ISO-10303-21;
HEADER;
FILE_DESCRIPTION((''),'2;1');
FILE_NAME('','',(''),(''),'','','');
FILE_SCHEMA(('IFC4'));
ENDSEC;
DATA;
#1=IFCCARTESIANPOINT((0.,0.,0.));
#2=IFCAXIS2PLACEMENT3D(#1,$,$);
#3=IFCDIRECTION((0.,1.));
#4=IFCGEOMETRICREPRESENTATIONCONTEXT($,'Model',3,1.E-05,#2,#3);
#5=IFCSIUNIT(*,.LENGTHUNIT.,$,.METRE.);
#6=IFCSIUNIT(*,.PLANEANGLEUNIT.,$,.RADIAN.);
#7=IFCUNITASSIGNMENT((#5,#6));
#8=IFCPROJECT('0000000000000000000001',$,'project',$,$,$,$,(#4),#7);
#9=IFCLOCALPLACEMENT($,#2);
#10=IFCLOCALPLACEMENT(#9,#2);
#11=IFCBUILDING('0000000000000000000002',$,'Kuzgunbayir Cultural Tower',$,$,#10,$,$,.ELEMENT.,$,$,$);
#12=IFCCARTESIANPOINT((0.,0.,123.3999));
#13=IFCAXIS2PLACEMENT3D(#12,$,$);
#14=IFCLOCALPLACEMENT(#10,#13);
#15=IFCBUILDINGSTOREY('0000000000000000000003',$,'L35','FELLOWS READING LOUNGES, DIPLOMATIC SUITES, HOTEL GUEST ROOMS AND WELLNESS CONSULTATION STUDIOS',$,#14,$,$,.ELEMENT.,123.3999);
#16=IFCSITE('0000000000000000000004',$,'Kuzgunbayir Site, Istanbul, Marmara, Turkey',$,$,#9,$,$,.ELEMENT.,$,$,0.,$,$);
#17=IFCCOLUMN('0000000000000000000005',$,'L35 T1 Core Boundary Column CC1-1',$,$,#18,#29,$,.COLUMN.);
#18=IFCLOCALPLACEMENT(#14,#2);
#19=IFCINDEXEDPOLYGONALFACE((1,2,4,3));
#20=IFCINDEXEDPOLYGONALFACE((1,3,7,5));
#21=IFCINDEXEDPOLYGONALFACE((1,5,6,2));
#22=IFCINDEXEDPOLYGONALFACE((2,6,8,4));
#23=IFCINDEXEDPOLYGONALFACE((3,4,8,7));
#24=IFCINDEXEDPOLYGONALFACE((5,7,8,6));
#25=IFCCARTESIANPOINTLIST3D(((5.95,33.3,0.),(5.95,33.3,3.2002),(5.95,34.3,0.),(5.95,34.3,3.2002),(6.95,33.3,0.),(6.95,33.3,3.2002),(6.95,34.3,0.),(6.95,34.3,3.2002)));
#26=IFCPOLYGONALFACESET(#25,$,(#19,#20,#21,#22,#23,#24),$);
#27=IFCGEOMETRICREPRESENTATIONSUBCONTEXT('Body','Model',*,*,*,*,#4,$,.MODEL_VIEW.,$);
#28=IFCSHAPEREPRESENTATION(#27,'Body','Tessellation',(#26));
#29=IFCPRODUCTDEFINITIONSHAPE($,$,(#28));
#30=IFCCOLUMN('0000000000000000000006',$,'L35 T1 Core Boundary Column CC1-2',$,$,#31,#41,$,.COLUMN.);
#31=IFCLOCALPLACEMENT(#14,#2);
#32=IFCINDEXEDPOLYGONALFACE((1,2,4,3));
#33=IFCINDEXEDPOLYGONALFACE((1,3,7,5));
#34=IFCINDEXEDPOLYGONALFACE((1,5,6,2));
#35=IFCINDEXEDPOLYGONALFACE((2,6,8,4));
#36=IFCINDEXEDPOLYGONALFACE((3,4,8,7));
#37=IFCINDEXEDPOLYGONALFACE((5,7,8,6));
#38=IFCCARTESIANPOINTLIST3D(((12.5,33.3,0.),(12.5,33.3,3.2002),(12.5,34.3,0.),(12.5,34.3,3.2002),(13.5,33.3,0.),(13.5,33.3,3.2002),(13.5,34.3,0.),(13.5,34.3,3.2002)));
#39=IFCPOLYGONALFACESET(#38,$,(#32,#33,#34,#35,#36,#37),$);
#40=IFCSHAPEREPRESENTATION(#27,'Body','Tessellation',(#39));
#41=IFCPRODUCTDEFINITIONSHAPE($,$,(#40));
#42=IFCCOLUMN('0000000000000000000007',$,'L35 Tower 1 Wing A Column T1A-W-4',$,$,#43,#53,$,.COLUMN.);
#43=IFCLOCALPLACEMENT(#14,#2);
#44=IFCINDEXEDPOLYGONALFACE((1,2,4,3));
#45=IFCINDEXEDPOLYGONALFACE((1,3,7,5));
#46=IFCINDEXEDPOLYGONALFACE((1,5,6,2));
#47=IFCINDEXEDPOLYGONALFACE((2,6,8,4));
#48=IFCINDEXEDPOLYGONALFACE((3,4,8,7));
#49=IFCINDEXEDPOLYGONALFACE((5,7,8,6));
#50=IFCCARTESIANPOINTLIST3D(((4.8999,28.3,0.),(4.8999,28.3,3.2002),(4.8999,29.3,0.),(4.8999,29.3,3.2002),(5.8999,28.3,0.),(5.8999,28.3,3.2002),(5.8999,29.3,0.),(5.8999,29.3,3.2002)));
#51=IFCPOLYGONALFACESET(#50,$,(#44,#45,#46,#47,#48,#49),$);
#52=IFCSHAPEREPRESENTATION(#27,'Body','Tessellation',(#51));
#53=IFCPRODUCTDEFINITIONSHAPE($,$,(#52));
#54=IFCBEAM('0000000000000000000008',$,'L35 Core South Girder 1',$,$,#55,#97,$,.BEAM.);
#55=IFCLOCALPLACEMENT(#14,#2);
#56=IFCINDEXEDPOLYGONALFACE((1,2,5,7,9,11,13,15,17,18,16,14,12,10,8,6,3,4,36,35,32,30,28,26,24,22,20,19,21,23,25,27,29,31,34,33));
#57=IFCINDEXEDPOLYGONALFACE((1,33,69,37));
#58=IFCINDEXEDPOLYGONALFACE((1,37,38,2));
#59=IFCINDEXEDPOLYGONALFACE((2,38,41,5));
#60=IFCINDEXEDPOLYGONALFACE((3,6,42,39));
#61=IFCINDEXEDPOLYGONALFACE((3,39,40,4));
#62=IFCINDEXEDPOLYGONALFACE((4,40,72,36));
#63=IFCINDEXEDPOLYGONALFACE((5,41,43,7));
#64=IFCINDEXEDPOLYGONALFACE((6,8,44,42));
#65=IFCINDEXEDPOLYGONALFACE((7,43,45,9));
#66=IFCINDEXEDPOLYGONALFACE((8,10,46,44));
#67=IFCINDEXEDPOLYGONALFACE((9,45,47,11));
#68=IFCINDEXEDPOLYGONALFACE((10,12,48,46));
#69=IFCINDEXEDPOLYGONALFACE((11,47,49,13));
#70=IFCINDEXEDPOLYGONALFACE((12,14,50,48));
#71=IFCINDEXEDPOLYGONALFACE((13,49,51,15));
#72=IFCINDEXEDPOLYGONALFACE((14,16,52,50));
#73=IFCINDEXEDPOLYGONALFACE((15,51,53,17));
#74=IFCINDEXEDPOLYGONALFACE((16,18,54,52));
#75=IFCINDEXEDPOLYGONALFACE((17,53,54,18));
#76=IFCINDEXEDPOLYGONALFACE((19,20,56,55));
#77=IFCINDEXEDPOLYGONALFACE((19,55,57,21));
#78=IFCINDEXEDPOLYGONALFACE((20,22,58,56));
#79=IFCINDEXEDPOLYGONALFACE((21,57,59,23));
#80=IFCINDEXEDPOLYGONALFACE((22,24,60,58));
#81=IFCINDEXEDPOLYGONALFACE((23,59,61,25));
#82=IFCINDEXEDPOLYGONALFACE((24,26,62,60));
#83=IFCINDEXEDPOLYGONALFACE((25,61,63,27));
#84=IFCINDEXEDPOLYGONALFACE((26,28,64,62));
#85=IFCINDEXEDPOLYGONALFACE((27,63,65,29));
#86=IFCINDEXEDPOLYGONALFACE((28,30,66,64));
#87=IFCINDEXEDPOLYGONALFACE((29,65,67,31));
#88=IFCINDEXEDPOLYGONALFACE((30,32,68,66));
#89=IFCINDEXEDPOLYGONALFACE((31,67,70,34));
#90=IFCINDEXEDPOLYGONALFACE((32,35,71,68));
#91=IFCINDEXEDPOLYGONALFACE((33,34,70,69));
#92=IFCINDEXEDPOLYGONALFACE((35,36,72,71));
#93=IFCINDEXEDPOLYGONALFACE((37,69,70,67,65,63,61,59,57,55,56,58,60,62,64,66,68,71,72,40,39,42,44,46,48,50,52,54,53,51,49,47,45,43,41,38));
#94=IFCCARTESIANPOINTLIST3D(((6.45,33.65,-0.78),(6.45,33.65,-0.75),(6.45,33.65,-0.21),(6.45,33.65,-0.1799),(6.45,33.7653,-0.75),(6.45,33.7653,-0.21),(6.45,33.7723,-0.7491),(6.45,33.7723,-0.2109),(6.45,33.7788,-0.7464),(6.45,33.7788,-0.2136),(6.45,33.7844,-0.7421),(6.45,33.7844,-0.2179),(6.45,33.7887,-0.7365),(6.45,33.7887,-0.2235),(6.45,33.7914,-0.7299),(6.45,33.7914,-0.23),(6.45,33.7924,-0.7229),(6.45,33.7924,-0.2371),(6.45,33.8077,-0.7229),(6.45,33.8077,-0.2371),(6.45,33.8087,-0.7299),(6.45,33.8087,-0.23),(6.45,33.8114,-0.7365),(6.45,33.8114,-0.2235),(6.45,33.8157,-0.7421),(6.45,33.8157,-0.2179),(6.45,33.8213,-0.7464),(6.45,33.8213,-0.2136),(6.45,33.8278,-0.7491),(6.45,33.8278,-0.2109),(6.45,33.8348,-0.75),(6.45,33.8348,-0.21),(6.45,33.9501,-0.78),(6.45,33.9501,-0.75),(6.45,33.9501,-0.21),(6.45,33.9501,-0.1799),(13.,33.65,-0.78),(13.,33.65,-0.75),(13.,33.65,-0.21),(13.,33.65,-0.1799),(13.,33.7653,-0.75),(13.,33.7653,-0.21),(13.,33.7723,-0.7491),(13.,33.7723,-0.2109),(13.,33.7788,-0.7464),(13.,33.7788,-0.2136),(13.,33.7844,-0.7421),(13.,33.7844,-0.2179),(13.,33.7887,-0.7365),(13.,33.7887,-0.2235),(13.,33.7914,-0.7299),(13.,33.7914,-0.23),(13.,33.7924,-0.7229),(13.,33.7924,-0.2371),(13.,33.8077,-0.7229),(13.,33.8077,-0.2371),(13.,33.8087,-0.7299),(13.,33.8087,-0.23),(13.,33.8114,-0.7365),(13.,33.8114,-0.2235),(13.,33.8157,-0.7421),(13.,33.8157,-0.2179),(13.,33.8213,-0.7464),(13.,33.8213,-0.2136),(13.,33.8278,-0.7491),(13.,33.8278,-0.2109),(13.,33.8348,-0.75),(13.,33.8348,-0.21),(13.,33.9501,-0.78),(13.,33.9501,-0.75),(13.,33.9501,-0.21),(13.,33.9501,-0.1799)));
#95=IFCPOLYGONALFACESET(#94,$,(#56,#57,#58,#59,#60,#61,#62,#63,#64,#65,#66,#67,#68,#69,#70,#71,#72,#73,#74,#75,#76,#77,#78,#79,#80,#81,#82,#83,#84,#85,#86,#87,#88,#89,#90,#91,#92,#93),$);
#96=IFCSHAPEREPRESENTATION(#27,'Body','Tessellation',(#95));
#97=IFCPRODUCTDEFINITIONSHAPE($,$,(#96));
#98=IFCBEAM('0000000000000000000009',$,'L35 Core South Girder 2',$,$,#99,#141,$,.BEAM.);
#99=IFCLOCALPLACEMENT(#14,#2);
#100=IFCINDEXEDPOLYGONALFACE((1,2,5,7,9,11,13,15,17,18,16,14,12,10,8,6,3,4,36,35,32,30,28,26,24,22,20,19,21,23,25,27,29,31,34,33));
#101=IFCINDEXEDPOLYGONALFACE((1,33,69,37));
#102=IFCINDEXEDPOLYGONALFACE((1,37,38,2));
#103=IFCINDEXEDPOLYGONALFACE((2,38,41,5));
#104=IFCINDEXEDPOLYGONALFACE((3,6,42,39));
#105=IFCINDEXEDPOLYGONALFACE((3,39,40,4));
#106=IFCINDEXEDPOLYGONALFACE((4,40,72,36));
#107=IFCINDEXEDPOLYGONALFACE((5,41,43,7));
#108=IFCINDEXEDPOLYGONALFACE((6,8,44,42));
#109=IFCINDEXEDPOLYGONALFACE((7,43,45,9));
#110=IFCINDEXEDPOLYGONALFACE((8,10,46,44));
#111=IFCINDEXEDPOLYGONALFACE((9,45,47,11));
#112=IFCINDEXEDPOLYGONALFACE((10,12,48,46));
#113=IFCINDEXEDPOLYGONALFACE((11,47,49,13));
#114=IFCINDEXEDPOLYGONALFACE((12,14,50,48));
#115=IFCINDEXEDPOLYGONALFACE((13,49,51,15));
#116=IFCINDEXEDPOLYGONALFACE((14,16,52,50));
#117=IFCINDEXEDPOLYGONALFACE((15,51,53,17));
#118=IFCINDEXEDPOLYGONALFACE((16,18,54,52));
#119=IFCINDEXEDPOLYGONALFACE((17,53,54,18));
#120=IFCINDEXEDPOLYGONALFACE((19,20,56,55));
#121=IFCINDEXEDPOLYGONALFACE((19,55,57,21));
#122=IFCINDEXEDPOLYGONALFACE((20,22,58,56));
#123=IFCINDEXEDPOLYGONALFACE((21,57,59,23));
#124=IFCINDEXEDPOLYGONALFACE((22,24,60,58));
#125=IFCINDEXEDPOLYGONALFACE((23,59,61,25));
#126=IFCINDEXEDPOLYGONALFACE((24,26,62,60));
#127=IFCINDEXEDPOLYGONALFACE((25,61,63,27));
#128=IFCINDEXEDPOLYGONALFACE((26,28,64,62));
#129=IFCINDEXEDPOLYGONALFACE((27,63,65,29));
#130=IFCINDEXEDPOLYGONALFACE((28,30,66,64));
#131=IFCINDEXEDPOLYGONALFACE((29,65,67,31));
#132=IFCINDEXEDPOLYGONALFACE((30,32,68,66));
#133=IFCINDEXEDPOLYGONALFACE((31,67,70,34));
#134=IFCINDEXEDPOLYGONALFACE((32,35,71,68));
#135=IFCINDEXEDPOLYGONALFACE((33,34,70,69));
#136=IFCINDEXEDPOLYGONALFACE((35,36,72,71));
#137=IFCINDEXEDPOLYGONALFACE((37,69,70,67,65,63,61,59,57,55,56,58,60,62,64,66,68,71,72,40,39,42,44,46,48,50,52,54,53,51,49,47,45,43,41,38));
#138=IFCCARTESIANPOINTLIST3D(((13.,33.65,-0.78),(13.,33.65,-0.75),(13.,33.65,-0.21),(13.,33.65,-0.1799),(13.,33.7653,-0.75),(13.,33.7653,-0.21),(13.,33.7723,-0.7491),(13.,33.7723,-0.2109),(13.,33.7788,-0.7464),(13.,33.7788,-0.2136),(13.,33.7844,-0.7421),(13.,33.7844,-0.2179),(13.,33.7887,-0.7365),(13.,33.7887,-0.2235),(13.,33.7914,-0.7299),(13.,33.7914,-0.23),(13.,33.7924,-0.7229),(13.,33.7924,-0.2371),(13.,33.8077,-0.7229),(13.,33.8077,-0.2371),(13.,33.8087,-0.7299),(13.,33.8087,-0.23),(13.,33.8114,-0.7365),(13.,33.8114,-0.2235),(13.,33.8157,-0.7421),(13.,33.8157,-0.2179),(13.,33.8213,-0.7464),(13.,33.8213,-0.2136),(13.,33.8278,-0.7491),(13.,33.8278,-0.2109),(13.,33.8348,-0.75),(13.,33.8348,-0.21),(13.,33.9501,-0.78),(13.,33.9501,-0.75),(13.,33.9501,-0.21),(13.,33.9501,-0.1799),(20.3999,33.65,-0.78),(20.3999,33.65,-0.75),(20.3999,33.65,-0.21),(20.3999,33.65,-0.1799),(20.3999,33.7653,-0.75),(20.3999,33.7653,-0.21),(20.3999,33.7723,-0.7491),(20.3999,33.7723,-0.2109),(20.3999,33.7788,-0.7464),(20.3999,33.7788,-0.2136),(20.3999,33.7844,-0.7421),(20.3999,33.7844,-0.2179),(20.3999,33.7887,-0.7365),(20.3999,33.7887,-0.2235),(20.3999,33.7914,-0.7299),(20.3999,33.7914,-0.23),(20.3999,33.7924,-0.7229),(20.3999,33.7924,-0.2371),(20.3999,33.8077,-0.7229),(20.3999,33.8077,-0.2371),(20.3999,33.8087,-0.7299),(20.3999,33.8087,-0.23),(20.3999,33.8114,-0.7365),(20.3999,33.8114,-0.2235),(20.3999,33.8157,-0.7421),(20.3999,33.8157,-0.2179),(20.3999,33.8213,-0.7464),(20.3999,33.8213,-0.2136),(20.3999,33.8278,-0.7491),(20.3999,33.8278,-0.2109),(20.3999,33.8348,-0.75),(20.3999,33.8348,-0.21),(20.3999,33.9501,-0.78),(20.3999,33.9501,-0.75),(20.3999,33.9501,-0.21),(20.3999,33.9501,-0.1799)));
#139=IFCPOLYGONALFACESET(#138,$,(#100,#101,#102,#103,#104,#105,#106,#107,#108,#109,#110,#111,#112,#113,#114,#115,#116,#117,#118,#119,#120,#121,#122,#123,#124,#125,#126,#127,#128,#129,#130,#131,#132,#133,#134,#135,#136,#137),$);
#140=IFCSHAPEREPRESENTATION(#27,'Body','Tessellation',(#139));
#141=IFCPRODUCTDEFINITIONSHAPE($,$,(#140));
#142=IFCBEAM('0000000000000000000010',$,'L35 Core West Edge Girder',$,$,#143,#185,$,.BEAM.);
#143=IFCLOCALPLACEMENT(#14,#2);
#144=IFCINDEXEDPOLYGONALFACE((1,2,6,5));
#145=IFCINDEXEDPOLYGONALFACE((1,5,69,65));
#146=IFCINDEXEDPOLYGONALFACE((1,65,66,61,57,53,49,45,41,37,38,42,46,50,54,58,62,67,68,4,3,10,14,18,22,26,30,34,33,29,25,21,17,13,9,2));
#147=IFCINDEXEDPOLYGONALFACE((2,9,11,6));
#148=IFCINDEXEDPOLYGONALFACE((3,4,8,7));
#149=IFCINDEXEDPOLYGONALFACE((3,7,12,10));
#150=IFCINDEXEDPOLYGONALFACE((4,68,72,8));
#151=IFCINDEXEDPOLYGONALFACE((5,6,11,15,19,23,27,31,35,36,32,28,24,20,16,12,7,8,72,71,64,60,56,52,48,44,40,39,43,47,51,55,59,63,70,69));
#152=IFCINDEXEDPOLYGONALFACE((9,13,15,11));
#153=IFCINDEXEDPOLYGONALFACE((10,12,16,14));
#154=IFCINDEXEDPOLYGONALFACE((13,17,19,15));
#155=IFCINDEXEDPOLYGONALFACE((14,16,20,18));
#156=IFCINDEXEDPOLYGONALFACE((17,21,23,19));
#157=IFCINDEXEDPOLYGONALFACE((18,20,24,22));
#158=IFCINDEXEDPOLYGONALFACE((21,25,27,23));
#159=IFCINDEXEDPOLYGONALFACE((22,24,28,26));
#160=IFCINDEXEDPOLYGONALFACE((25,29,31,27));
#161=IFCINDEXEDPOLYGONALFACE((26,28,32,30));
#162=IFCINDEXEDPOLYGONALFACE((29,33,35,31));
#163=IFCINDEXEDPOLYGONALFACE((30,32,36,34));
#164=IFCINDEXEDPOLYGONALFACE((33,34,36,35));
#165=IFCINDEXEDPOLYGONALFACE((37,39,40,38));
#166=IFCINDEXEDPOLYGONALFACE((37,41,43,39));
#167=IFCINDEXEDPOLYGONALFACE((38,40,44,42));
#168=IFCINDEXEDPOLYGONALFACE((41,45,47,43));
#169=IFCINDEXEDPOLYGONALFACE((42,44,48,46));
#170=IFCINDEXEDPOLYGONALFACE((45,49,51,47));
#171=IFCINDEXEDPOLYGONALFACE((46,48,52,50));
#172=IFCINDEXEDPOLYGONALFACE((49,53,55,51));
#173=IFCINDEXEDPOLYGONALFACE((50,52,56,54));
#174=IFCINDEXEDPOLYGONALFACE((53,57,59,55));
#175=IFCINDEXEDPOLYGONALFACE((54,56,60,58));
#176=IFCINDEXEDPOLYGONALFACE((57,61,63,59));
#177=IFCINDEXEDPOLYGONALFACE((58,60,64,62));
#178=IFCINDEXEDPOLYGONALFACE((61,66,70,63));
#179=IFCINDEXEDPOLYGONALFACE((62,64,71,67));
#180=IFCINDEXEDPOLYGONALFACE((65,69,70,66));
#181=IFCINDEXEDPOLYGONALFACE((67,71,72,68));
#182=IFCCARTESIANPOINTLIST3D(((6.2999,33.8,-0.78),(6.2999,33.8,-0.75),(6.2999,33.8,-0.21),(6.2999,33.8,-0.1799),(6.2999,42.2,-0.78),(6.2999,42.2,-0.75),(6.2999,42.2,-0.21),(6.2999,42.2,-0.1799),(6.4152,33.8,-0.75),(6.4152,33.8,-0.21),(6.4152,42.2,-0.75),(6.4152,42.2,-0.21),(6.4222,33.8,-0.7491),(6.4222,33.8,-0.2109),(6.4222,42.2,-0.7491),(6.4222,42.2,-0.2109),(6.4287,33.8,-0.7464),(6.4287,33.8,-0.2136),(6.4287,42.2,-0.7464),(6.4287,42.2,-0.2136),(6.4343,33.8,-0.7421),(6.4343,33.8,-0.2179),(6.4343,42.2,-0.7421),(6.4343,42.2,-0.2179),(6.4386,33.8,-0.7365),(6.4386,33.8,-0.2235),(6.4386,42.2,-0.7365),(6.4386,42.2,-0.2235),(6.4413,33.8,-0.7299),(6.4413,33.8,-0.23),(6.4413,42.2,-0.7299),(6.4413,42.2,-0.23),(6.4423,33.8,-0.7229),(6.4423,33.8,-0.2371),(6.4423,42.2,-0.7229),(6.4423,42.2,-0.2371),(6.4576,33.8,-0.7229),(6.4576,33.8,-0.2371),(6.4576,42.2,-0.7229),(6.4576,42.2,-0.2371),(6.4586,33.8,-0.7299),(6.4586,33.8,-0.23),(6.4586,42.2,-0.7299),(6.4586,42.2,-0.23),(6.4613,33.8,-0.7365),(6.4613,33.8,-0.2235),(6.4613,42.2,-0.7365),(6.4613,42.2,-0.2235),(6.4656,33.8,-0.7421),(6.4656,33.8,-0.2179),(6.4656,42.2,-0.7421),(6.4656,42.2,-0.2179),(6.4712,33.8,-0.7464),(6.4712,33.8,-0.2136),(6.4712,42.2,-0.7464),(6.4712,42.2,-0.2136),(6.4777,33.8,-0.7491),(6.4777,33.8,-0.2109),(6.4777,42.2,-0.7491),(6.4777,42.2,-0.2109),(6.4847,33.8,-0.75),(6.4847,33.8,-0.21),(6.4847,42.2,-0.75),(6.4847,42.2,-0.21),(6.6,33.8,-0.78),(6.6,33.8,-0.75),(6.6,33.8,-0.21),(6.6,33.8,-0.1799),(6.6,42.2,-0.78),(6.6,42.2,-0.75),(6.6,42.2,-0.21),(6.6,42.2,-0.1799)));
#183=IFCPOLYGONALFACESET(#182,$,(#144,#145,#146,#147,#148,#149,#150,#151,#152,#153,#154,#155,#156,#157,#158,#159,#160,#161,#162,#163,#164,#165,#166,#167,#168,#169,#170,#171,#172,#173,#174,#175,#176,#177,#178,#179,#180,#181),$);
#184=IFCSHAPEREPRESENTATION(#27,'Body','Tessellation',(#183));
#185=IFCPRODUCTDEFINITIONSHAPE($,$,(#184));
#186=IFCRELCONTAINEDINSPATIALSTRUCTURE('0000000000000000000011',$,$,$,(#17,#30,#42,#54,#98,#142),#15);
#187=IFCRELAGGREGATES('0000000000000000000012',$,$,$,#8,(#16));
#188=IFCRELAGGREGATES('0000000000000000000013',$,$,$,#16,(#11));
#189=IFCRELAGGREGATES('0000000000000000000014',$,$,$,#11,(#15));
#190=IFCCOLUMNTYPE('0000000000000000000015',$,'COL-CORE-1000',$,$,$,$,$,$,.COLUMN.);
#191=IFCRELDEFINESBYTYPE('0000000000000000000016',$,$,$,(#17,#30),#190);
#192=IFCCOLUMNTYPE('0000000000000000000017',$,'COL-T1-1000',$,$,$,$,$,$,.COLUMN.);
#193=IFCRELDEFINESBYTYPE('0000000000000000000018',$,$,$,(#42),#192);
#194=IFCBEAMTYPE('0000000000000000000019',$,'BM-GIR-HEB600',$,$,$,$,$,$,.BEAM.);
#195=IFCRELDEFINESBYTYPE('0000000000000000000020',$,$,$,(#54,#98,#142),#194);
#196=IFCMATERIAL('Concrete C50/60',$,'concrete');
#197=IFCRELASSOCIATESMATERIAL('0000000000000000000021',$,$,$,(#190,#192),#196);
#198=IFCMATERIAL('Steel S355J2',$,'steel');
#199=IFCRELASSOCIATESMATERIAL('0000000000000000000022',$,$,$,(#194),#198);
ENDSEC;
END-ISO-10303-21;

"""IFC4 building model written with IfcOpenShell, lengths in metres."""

from ifc_helpers import new_model, si_unit, direction, frame, origin, origin_2d, place, context, subcontext, project, spatial, rectangle, i_section, extrude, material, material_profile, profile_set, type_object, element, save


model = new_model("IFC4")

# Units and contexts
model_context = context("Model", 3, precision=1e-05, world=origin(), true_north=direction((0.0, 1.0)))
body_context = subcontext(model_context, "Body", "Model", "MODEL_VIEW")
ifc_project = project(units=[si_unit("LENGTHUNIT", "METRE"), si_unit("PLANEANGLEUNIT", "RADIAN")], contexts=[model_context])

# Site, building, storey
site_placement = place(None, origin())
site = spatial("IfcSite", under=ifc_project, at=site_placement, Name="Kuzgunbayir Site, Istanbul, Marmara, Turkey", CompositionType="ELEMENT", RefElevation=0.0)
building_placement = place(site_placement, origin())
building = spatial("IfcBuilding", under=site, at=building_placement, Name="Kuzgunbayir Cultural Tower", CompositionType="ELEMENT")
storey_placement = place(building_placement, frame((0.0, 0.0, 123.3999)))
storey = spatial("IfcBuildingStorey", under=building, at=storey_placement, Name="L35", Description="FELLOWS READING LOUNGES, DIPLOMATIC SUITES, HOTEL GUEST ROOMS AND WELLNESS CONSULTATION STUDIOS", CompositionType="ELEMENT", Elevation=123.3999)

# Columns
ifc_material_1 = material(Name="Concrete C50/60", Category="concrete")
ifc_material_profile_1 = material_profile(ifc_material_1, rectangle(XDim=1.0, YDim=1.0, at=origin_2d()), Name="RC 1000x1000")
ifc_profile_set_1 = profile_set([ifc_material_profile_1], Name="Concrete C50/60")
column_type_1 = type_object("IfcColumnType", Name="COL-CORE-1000", PredefinedType="COLUMN", material=ifc_profile_set_1)
for number, where, z_axis, x_axis, name in (
    (1, (6.45, 33.8, 0.0), (0.0, 0.0, 1.0), (1.0, 0.0, 0.0), "L35 T1 Core Boundary Column CC1-1"),
    (2, (13.0, 33.8, 0.0), (0.0, 0.0, 1.0), (1.0, 0.0, 0.0), "L35 T1 Core Boundary Column CC1-2"),
):
    element("IfcColumn", number, at=place(storey_placement, frame(where, z_axis=z_axis, x_axis=x_axis)), inside=storey, type_object=column_type_1, Name=name, PredefinedType="COLUMN", context=body_context, shape_type="SweptSolid", body=[
        extrude(rectangle(XDim=1.0, YDim=1.0, at=origin_2d()), origin(), (0.0, 0.0, 1.0), 3.2002),
    ])
ifc_material_profile_2 = material_profile(ifc_material_1, rectangle(XDim=1.0, YDim=1.0, at=origin_2d()), Name="RC 1000x1000")
ifc_profile_set_2 = profile_set([ifc_material_profile_2], Name="Concrete C50/60")
column_type_2 = type_object("IfcColumnType", Name="COL-T1-1000", PredefinedType="COLUMN", material=ifc_profile_set_2)
column_placement = place(storey_placement, frame((5.3999, 28.8, 0.0), z_axis=(0.0, 0.0, 1.0), x_axis=(1.0, 0.0, 0.0)))
element("IfcColumn", 3, at=column_placement, inside=storey, type_object=column_type_2, Name="L35 Tower 1 Wing A Column T1A-W-4", PredefinedType="COLUMN", context=body_context, shape_type="SweptSolid", body=[
    extrude(rectangle(XDim=1.0, YDim=1.0, at=origin_2d()), origin(), (0.0, 0.0, 1.0), 3.2002),
])

# Beams
ifc_material_2 = material(Name="Steel S355J2", Category="steel")
ifc_material_profile_3 = material_profile(ifc_material_2, i_section(OverallWidth=0.3, OverallDepth=0.6001, WebThickness=0.0154, FlangeThickness=0.03, FilletRadius=0.0271, at=origin_2d()), Name="HEB 600")
ifc_profile_set_3 = profile_set([ifc_material_profile_3], Name="Steel S355J2")
beam_type = type_object("IfcBeamType", Name="BM-GIR-HEB600", PredefinedType="BEAM", material=ifc_profile_set_3)
beam_1_placement = place(storey_placement, frame((6.45, 33.8, -0.48), z_axis=(1.0, 0.0, 0.0), x_axis=(0.0, 1.0, 0.0)))
element("IfcBeam", 4, at=beam_1_placement, inside=storey, type_object=beam_type, Name="L35 Core South Girder 1", PredefinedType="BEAM", context=body_context, shape_type="SweptSolid", body=[
    extrude(i_section(OverallWidth=0.3, OverallDepth=0.6001, WebThickness=0.0154, FlangeThickness=0.03, FilletRadius=0.0271, at=origin_2d()), origin(), (0.0, 0.0, 1.0), 6.55),
])
beam_2_placement = place(storey_placement, frame((13.0, 33.8, -0.48), z_axis=(1.0, 0.0, 0.0), x_axis=(0.0, 1.0, 0.0)))
element("IfcBeam", 5, at=beam_2_placement, inside=storey, type_object=beam_type, Name="L35 Core South Girder 2", PredefinedType="BEAM", context=body_context, shape_type="SweptSolid", body=[
    extrude(i_section(OverallWidth=0.3, OverallDepth=0.6001, WebThickness=0.0154, FlangeThickness=0.03, FilletRadius=0.0271, at=origin_2d()), origin(), (0.0, 0.0, 1.0), 7.3999),
])
beam_3_placement = place(storey_placement, frame((6.45, 33.8, -0.48), z_axis=(0.0, 1.0, 0.0), x_axis=(-1.0, 0.0, 0.0)))
element("IfcBeam", 6, at=beam_3_placement, inside=storey, type_object=beam_type, Name="L35 Core West Edge Girder", PredefinedType="BEAM", context=body_context, shape_type="SweptSolid", body=[
    extrude(i_section(OverallWidth=0.3, OverallDepth=0.6001, WebThickness=0.0154, FlangeThickness=0.03, FilletRadius=0.0271, at=origin_2d()), origin(), (0.0, 0.0, 1.0), 8.3999),
])

save(model, "model.ifc")
